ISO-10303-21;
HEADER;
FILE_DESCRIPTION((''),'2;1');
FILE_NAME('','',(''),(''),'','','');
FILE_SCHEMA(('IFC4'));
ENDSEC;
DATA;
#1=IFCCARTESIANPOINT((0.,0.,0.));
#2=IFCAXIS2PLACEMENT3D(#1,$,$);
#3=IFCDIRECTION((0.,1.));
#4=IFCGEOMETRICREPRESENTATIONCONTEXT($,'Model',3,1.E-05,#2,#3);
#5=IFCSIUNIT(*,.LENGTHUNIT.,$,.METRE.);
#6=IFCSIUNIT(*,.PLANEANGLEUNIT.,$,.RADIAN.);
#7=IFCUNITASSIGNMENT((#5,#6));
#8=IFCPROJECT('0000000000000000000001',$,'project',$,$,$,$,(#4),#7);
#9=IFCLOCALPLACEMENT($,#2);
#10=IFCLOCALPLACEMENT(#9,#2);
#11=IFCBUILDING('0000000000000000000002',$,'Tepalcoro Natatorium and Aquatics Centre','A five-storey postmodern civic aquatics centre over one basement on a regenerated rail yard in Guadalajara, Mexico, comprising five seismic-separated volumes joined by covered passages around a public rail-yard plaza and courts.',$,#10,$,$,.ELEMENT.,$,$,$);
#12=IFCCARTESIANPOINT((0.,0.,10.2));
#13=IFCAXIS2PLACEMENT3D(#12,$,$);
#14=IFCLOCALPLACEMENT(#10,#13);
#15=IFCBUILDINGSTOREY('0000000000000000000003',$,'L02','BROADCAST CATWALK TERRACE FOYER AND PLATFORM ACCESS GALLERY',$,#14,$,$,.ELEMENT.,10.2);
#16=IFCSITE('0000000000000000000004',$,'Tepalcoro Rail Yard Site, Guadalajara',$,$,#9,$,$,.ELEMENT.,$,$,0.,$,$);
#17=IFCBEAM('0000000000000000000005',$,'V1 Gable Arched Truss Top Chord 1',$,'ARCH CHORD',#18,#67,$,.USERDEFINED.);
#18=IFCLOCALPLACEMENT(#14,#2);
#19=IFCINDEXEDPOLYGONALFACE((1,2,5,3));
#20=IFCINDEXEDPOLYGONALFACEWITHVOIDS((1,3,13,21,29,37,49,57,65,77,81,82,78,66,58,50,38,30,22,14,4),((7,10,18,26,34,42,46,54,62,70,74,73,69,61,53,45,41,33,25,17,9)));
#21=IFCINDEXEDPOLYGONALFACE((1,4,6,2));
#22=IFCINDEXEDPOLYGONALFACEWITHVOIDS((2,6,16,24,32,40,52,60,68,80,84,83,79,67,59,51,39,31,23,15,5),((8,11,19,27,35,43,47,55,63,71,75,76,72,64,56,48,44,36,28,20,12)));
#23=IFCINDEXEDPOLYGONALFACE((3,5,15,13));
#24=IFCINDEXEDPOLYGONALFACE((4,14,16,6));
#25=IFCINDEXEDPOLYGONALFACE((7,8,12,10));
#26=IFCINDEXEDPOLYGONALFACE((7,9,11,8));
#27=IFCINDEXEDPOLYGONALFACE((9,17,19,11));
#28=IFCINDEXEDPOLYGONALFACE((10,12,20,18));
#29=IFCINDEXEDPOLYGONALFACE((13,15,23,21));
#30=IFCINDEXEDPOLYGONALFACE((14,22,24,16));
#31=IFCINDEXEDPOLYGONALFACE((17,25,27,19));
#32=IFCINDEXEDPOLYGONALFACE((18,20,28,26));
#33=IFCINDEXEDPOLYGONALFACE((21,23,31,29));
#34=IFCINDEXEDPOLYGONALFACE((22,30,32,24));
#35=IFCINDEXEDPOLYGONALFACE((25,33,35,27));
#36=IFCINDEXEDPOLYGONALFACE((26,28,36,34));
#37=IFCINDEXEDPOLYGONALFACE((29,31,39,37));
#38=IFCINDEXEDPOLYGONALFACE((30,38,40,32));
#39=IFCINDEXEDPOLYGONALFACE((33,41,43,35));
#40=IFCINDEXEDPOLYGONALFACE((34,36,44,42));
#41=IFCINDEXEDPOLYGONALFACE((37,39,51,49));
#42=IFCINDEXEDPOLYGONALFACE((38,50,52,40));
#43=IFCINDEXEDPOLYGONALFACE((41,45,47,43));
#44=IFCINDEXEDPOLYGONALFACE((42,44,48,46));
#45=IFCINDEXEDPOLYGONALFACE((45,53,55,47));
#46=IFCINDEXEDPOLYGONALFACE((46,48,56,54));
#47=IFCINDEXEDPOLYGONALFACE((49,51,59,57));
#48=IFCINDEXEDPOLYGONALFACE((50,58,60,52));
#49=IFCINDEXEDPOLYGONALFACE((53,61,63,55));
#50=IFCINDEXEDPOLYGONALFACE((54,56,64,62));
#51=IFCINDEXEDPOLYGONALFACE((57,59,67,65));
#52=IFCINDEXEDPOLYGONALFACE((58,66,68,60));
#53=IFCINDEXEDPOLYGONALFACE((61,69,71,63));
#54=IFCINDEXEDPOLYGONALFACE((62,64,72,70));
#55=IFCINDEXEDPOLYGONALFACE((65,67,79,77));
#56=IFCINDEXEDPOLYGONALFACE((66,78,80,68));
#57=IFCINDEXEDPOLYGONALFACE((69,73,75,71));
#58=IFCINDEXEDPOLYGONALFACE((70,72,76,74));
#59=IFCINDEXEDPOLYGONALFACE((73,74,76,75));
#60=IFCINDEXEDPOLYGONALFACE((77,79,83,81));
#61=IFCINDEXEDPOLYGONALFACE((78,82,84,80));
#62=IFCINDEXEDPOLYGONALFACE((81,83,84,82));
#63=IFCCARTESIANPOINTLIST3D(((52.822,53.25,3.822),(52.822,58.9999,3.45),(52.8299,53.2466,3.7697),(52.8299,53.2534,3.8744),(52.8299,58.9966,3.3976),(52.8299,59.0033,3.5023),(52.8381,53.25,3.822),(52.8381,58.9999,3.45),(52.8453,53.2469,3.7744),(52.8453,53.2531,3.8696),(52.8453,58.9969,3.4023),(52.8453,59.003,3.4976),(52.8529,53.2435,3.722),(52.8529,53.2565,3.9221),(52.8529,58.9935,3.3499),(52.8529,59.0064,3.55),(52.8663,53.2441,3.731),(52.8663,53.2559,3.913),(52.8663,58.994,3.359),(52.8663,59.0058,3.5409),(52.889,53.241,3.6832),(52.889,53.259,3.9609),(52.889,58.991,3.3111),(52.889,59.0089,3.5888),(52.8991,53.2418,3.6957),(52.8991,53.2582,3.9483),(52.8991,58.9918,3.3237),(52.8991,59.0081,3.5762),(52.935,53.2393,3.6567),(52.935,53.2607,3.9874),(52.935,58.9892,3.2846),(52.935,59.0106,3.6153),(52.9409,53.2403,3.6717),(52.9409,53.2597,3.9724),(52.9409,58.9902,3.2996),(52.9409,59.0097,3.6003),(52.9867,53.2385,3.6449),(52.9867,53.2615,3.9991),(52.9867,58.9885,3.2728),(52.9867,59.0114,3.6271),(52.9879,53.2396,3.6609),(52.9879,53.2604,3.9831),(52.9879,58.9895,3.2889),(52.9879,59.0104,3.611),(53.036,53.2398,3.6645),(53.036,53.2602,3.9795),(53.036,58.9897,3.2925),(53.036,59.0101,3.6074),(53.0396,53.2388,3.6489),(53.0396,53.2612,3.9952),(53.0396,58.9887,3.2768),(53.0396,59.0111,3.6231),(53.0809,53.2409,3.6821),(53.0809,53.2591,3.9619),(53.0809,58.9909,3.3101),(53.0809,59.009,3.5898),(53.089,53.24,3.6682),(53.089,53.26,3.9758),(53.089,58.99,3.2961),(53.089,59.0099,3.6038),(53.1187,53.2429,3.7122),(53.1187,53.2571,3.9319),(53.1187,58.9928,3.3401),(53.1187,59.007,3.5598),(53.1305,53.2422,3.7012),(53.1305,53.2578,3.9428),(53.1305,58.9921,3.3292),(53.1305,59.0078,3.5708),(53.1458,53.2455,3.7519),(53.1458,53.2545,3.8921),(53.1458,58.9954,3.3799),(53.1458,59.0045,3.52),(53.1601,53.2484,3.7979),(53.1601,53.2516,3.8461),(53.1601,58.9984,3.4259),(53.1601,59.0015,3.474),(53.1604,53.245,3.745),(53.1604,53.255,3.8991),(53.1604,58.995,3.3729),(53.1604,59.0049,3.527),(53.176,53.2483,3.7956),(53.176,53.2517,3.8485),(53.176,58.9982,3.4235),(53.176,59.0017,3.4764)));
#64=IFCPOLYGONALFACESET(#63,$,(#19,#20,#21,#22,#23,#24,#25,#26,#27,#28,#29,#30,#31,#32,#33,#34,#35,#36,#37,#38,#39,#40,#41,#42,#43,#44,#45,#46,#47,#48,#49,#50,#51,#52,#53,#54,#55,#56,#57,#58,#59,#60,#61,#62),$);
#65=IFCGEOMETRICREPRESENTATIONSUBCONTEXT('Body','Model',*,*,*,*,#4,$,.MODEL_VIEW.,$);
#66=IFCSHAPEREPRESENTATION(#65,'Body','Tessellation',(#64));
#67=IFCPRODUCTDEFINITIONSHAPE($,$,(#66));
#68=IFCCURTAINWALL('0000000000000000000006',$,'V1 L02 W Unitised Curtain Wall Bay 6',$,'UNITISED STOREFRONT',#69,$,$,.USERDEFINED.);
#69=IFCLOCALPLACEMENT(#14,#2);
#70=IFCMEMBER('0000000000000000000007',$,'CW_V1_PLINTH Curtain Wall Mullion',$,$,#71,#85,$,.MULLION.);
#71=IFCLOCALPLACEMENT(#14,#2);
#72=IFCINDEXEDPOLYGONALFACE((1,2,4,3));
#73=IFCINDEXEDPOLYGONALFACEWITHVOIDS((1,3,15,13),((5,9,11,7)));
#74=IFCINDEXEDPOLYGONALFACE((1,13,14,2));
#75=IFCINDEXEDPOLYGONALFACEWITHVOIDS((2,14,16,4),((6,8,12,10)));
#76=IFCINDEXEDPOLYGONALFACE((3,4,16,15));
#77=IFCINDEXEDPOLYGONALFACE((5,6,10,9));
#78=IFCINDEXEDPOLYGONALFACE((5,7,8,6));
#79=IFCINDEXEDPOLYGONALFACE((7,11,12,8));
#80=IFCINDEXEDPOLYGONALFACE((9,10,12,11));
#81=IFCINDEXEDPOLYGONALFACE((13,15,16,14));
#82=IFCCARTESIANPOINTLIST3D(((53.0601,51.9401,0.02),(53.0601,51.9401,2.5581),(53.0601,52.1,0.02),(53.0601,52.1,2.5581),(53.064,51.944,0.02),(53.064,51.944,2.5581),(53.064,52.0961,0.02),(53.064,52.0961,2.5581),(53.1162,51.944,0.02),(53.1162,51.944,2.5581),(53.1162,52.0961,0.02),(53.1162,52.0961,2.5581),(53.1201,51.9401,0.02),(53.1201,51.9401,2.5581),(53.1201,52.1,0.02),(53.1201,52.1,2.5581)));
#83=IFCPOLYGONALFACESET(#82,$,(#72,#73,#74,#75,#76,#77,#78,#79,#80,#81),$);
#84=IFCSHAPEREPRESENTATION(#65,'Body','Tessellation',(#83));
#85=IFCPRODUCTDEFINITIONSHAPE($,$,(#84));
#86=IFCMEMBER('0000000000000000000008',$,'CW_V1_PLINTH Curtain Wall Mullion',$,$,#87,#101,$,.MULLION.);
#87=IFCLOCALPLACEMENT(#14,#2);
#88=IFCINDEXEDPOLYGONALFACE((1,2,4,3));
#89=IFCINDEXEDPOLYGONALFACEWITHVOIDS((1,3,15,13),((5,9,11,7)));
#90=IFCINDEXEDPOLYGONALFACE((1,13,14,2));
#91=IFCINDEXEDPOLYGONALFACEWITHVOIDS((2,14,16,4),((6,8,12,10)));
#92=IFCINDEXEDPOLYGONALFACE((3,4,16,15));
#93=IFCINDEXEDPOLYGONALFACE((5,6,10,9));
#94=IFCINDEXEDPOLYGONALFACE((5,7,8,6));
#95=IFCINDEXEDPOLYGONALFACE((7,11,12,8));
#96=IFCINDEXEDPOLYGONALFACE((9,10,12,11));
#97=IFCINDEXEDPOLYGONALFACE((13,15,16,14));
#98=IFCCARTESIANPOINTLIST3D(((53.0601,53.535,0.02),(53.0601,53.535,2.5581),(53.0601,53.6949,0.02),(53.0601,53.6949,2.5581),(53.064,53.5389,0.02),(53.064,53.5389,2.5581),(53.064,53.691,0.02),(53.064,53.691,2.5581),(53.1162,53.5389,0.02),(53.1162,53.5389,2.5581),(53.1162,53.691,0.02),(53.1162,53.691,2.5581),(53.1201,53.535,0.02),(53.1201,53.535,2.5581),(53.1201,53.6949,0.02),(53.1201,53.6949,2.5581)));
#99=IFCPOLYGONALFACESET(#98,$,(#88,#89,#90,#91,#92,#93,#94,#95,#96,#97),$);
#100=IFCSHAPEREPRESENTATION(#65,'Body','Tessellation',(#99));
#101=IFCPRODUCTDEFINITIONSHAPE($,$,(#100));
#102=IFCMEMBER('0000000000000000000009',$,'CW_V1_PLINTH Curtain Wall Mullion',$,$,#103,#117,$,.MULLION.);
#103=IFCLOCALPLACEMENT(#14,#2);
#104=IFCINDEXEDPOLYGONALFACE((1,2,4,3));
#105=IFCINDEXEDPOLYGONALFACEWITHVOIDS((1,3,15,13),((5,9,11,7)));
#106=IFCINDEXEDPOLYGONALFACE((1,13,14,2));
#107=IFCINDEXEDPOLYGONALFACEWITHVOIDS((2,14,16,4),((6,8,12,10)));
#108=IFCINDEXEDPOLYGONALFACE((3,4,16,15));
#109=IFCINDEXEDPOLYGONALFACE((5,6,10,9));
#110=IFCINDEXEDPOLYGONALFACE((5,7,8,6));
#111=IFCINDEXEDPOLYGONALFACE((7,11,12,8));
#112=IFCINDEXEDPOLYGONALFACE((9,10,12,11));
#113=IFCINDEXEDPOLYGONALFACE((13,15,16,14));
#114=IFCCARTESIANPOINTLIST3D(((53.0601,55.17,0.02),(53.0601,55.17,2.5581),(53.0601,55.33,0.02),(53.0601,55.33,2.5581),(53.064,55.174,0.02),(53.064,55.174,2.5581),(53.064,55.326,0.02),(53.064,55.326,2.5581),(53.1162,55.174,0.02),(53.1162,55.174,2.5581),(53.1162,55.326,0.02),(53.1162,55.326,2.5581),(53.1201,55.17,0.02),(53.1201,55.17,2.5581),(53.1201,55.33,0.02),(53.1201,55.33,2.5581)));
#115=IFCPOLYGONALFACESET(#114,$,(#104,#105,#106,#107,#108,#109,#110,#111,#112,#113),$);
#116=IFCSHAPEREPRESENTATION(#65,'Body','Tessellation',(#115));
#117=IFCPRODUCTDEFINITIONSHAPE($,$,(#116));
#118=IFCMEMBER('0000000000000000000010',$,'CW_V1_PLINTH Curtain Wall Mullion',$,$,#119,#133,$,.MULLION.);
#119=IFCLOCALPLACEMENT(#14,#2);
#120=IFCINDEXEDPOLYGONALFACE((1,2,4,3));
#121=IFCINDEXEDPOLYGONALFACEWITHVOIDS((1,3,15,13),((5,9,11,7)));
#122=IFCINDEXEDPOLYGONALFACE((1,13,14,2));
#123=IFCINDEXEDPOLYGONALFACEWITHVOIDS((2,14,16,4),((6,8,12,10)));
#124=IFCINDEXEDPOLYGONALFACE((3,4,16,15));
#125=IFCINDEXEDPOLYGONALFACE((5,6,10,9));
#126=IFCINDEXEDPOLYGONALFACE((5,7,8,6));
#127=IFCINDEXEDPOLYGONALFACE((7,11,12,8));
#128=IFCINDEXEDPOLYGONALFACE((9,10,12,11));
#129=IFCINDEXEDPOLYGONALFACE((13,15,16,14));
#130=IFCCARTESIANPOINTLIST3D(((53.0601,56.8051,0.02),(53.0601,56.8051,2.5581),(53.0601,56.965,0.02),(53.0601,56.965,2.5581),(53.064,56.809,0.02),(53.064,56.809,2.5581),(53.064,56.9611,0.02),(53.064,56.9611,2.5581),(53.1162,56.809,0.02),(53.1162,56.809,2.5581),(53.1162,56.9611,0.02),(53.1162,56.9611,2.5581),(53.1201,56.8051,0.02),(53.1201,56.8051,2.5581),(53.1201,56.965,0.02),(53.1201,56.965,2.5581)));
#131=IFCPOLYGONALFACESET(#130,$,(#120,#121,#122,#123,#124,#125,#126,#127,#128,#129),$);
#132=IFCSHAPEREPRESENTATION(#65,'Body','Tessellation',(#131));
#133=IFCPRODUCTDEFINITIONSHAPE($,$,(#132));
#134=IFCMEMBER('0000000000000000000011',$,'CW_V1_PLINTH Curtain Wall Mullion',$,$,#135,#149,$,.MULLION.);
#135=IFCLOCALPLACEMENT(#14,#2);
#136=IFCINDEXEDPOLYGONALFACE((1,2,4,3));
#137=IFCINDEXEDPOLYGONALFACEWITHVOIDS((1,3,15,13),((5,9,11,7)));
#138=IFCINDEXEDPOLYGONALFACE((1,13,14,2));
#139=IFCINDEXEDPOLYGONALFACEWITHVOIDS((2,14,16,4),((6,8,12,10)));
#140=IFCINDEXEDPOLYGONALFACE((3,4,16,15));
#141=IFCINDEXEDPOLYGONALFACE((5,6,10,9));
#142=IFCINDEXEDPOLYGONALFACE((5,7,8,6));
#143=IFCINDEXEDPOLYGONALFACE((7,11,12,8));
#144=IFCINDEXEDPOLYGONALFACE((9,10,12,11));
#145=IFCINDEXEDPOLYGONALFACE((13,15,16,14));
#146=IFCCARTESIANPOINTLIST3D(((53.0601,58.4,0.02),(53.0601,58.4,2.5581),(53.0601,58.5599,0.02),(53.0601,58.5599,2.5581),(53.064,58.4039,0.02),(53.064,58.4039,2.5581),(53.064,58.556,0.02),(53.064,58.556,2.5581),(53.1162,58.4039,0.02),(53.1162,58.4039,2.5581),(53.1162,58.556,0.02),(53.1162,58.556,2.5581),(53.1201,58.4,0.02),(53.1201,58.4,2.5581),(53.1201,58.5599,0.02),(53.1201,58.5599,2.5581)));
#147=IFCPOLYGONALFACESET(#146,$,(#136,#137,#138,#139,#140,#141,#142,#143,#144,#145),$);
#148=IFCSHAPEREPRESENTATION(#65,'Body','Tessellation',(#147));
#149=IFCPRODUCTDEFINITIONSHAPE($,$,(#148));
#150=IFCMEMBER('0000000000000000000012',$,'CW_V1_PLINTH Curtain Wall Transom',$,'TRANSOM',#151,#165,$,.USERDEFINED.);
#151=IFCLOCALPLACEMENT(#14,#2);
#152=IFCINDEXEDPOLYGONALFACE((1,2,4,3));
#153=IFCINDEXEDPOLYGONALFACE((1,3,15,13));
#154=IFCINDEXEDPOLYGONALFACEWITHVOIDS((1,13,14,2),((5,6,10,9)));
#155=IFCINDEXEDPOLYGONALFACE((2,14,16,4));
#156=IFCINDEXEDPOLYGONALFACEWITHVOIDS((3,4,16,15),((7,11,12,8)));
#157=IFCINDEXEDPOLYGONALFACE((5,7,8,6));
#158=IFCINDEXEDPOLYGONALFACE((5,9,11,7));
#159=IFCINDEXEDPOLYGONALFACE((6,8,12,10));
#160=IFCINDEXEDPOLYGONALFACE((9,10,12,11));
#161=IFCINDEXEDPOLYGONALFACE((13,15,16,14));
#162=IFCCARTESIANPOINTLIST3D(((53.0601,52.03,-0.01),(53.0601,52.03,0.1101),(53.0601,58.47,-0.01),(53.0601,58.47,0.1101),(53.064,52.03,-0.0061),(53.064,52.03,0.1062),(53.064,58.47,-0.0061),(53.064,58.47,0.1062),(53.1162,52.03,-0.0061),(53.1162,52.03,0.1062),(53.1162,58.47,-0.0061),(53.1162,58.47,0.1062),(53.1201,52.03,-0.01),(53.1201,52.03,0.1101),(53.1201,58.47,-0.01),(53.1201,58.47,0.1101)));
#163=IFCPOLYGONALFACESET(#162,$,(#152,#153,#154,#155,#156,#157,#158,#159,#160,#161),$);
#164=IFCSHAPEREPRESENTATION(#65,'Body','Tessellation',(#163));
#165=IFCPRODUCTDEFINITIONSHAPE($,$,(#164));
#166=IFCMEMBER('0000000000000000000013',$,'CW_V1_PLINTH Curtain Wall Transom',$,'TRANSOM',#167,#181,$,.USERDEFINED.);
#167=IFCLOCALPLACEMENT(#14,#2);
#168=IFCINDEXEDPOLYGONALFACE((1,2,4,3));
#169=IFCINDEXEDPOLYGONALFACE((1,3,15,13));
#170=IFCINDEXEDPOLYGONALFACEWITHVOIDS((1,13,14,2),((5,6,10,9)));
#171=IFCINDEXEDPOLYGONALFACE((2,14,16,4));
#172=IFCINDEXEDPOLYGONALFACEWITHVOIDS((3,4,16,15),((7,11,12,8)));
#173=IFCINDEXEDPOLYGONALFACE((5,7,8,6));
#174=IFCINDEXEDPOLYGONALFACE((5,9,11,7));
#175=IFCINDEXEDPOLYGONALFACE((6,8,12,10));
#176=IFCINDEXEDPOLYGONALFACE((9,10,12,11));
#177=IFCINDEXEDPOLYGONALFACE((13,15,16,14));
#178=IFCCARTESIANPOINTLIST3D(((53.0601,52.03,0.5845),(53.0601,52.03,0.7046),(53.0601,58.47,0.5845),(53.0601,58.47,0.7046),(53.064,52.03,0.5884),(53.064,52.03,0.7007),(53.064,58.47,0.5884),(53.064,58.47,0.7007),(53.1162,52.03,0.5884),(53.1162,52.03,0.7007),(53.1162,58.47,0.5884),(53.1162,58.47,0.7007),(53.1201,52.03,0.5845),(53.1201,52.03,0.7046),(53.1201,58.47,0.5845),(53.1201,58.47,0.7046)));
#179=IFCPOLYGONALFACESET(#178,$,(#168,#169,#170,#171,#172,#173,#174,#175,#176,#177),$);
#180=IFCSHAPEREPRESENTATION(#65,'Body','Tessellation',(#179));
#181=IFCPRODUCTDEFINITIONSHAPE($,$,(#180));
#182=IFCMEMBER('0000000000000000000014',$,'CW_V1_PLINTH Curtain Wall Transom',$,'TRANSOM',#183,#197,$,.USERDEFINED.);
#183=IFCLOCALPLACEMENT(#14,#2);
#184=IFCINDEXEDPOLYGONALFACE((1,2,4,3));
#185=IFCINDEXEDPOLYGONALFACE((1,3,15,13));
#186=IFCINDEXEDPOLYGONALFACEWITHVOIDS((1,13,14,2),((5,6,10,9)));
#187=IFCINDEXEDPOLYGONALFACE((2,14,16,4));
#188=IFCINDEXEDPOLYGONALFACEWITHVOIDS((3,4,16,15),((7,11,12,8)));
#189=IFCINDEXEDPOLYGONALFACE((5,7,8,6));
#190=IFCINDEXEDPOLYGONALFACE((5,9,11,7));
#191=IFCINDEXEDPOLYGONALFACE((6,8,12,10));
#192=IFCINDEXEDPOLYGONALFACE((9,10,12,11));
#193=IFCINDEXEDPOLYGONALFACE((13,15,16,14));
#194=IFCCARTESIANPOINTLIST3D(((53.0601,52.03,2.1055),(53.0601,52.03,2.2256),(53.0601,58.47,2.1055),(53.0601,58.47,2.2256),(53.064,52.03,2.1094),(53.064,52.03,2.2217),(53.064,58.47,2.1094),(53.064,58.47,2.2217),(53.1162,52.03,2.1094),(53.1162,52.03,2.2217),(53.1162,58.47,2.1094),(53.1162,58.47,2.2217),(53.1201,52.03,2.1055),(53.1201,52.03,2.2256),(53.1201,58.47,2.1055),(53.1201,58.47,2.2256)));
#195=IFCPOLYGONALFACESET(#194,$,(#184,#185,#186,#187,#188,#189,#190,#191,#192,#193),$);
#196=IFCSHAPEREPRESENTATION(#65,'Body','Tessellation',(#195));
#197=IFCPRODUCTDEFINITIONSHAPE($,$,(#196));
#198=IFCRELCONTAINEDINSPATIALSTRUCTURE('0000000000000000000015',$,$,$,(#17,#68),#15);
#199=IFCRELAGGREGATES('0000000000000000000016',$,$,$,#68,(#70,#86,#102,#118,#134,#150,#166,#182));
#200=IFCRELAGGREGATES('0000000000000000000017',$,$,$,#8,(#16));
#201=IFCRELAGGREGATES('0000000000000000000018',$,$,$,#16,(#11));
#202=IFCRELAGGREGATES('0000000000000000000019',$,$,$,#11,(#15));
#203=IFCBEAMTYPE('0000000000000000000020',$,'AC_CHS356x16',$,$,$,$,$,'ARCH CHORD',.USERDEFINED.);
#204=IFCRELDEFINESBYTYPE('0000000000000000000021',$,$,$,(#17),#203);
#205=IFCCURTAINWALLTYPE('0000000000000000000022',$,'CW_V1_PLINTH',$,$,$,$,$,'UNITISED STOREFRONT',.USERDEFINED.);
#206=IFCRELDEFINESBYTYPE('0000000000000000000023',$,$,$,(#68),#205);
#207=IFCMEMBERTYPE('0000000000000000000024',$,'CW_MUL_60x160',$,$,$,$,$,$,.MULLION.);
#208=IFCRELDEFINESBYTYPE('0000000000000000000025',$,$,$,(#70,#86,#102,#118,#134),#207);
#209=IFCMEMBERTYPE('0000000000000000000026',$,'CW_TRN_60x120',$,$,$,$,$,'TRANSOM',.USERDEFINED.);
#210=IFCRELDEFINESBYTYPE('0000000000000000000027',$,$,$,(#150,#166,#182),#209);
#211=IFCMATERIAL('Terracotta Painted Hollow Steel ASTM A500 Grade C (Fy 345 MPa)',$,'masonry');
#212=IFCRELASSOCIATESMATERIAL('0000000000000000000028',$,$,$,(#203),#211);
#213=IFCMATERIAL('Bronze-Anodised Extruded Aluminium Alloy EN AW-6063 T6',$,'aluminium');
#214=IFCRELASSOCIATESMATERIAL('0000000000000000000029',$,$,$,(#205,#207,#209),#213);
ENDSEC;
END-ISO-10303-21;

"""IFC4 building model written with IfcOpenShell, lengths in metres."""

from ifc_helpers import new_model, si_unit, direction, frame, origin, origin_2d, place, context, subcontext, project, spatial, hollow_rectangle, hollow_circle, extrude, material, material_profile, profile_set, type_object, element, aggregate, save


model = new_model("IFC4")

# Units and contexts
model_context = context("Model", 3, precision=1e-05, world=origin(), true_north=direction((0.0, 1.0)))
body_context = subcontext(model_context, "Body", "Model", "MODEL_VIEW")
ifc_project = project(units=[si_unit("LENGTHUNIT", "METRE"), si_unit("PLANEANGLEUNIT", "RADIAN")], contexts=[model_context])

# Site, building, storey
site_placement = place(None, origin())
site = spatial("IfcSite", under=ifc_project, at=site_placement, Name="Tepalcoro Rail Yard Site, Guadalajara", CompositionType="ELEMENT", RefElevation=0.0)
building_placement = place(site_placement, origin())
building = spatial("IfcBuilding", under=site, at=building_placement, Name="Tepalcoro Natatorium and Aquatics Centre", Description="A five-storey postmodern civic aquatics centre over one basement on a regenerated rail yard in Guadalajara, Mexico, comprising five seismic-separated volumes joined by covered passages around a public rail-yard plaza and courts.", CompositionType="ELEMENT")
storey_placement = place(building_placement, frame((0.0, 0.0, 10.2)))
storey = spatial("IfcBuildingStorey", under=building, at=storey_placement, Name="L02", Description="BROADCAST CATWALK TERRACE FOYER AND PLATFORM ACCESS GALLERY", CompositionType="ELEMENT", Elevation=10.2)

# Beam
ifc_material_1 = material(Name="Terracotta Painted Hollow Steel ASTM A500 Grade C (Fy 345 MPa)", Category="masonry")
ifc_material_profile_1 = material_profile(ifc_material_1, hollow_circle(Radius=0.178, WallThickness=0.0161, at=origin_2d()), Name="CHS356X16")
ifc_profile_set_1 = profile_set([ifc_material_profile_1], Name="Terracotta Painted Hollow Steel ASTM A500 Grade C (Fy 345 MPa)")
beam_type_1 = type_object("IfcBeamType", Name="AC_CHS356x16", ElementType="ARCH CHORD", PredefinedType="USERDEFINED", material=ifc_profile_set_1)
beam_1_placement = place(storey_placement, frame((53.0, 53.25, 3.822), z_axis=(0.0, 0.997913, -0.064573), x_axis=(-1.0, 0.0, 0.0)))
element("IfcBeam", 1, at=beam_1_placement, inside=storey, type_object=beam_type_1, Name="V1 Gable Arched Truss Top Chord 1", ObjectType="ARCH CHORD", PredefinedType="USERDEFINED", context=body_context, shape_type="SweptSolid", body=[
    extrude(hollow_circle(Radius=0.178, WallThickness=0.0161, at=origin_2d()), origin(), (0.0, 0.0, 1.0), 5.762),
])

# Curtain wall, members
ifc_material_2 = material(Name="Bronze-Anodised Extruded Aluminium Alloy EN AW-6063 T6", Category="aluminium")
curtain_wall_type = type_object("IfcCurtainWallType", Name="CW_V1_PLINTH", ElementType="UNITISED STOREFRONT", PredefinedType="USERDEFINED", material=ifc_material_2)
curtain_wall_placement = place(storey_placement, origin())
curtain_wall = element("IfcCurtainWall", 2, at=curtain_wall_placement, inside=storey, type_object=curtain_wall_type, Name="V1 L02 W Unitised Curtain Wall Bay 6", ObjectType="UNITISED STOREFRONT", PredefinedType="USERDEFINED")
ifc_material_profile_2 = material_profile(ifc_material_2, hollow_rectangle(XDim=0.0601, YDim=0.1599, WallThickness=0.0039, at=origin_2d()), Name="AL60X160X4")
ifc_profile_set_2 = profile_set([ifc_material_profile_2], Name="Bronze-Anodised Extruded Aluminium Alloy EN AW-6063 T6")
member_type_1 = type_object("IfcMemberType", Name="CW_MUL_60x160", PredefinedType="MULLION", material=ifc_profile_set_2)
member_1_placement = place(storey_placement, frame((53.0901, 52.02, 0.02), z_axis=(0.0, 0.0, 1.0), x_axis=(1.0, 0.0, 0.0)))
member_1 = element("IfcMember", 3, at=member_1_placement, type_object=member_type_1, Name="CW_V1_PLINTH Curtain Wall Mullion", PredefinedType="MULLION", context=body_context, shape_type="SweptSolid", body=[
    extrude(hollow_rectangle(XDim=0.0601, YDim=0.1599, WallThickness=0.0039, at=origin_2d()), origin(), (0.0, 0.0, 1.0), 2.5381),
])
member_2_placement = place(storey_placement, frame((53.0901, 53.615, 0.02), z_axis=(0.0, 0.0, 1.0), x_axis=(1.0, 0.0, 0.0)))
member_2 = element("IfcMember", 4, at=member_2_placement, type_object=member_type_1, Name="CW_V1_PLINTH Curtain Wall Mullion", PredefinedType="MULLION", context=body_context, shape_type="SweptSolid", body=[
    extrude(hollow_rectangle(XDim=0.0601, YDim=0.1599, WallThickness=0.0039, at=origin_2d()), origin(), (0.0, 0.0, 1.0), 2.5381),
])
member_3_placement = place(storey_placement, frame((53.0901, 55.25, 0.02), z_axis=(0.0, 0.0, 1.0), x_axis=(1.0, 0.0, 0.0)))
member_3 = element("IfcMember", 5, at=member_3_placement, type_object=member_type_1, Name="CW_V1_PLINTH Curtain Wall Mullion", PredefinedType="MULLION", context=body_context, shape_type="SweptSolid", body=[
    extrude(hollow_rectangle(XDim=0.0601, YDim=0.1599, WallThickness=0.0039, at=origin_2d()), origin(), (0.0, 0.0, 1.0), 2.5381),
])
member_4_placement = place(storey_placement, frame((53.0901, 56.885, 0.02), z_axis=(0.0, 0.0, 1.0), x_axis=(1.0, 0.0, 0.0)))
member_4 = element("IfcMember", 6, at=member_4_placement, type_object=member_type_1, Name="CW_V1_PLINTH Curtain Wall Mullion", PredefinedType="MULLION", context=body_context, shape_type="SweptSolid", body=[
    extrude(hollow_rectangle(XDim=0.0601, YDim=0.1599, WallThickness=0.0039, at=origin_2d()), origin(), (0.0, 0.0, 1.0), 2.5381),
])
member_5_placement = place(storey_placement, frame((53.0901, 58.48, 0.02), z_axis=(0.0, 0.0, 1.0), x_axis=(1.0, 0.0, 0.0)))
member_5 = element("IfcMember", 7, at=member_5_placement, type_object=member_type_1, Name="CW_V1_PLINTH Curtain Wall Mullion", PredefinedType="MULLION", context=body_context, shape_type="SweptSolid", body=[
    extrude(hollow_rectangle(XDim=0.0601, YDim=0.1599, WallThickness=0.0039, at=origin_2d()), origin(), (0.0, 0.0, 1.0), 2.5381),
])
ifc_material_profile_3 = material_profile(ifc_material_2, hollow_rectangle(XDim=0.0601, YDim=0.1201, WallThickness=0.0039, at=origin_2d()), Name="AL60X120X4")
ifc_profile_set_3 = profile_set([ifc_material_profile_3], Name="Bronze-Anodised Extruded Aluminium Alloy EN AW-6063 T6")
member_type_2 = type_object("IfcMemberType", Name="CW_TRN_60x120", ElementType="TRANSOM", PredefinedType="USERDEFINED", material=ifc_profile_set_3)
member_6_placement = place(storey_placement, frame((53.0901, 52.03, 0.05), z_axis=(0.0, 1.0, 0.0), x_axis=(-1.0, 0.0, 0.0)))
member_6 = element("IfcMember", 8, at=member_6_placement, type_object=member_type_2, Name="CW_V1_PLINTH Curtain Wall Transom", ObjectType="TRANSOM", PredefinedType="USERDEFINED", context=body_context, shape_type="SweptSolid", body=[
    extrude(hollow_rectangle(XDim=0.0601, YDim=0.1201, WallThickness=0.0039, at=origin_2d()), origin(), (0.0, 0.0, 1.0), 6.4399),
])
member_7_placement = place(storey_placement, frame((53.0901, 52.03, 0.6445), z_axis=(0.0, 1.0, 0.0), x_axis=(-1.0, 0.0, 0.0)))
member_7 = element("IfcMember", 9, at=member_7_placement, type_object=member_type_2, Name="CW_V1_PLINTH Curtain Wall Transom", ObjectType="TRANSOM", PredefinedType="USERDEFINED", context=body_context, shape_type="SweptSolid", body=[
    extrude(hollow_rectangle(XDim=0.0601, YDim=0.1201, WallThickness=0.0039, at=origin_2d()), origin(), (0.0, 0.0, 1.0), 6.4399),
])
member_8_placement = place(storey_placement, frame((53.0901, 52.03, 2.1655), z_axis=(0.0, 1.0, 0.0), x_axis=(-1.0, 0.0, 0.0)))
member_8 = element("IfcMember", 10, at=member_8_placement, type_object=member_type_2, Name="CW_V1_PLINTH Curtain Wall Transom", ObjectType="TRANSOM", PredefinedType="USERDEFINED", context=body_context, shape_type="SweptSolid", body=[
    extrude(hollow_rectangle(XDim=0.0601, YDim=0.1201, WallThickness=0.0039, at=origin_2d()), origin(), (0.0, 0.0, 1.0), 6.4399),
])

aggregate(curtain_wall, [member_1, member_2, member_3, member_4, member_5, member_6, member_7, member_8])

save(model, "model.ifc")
